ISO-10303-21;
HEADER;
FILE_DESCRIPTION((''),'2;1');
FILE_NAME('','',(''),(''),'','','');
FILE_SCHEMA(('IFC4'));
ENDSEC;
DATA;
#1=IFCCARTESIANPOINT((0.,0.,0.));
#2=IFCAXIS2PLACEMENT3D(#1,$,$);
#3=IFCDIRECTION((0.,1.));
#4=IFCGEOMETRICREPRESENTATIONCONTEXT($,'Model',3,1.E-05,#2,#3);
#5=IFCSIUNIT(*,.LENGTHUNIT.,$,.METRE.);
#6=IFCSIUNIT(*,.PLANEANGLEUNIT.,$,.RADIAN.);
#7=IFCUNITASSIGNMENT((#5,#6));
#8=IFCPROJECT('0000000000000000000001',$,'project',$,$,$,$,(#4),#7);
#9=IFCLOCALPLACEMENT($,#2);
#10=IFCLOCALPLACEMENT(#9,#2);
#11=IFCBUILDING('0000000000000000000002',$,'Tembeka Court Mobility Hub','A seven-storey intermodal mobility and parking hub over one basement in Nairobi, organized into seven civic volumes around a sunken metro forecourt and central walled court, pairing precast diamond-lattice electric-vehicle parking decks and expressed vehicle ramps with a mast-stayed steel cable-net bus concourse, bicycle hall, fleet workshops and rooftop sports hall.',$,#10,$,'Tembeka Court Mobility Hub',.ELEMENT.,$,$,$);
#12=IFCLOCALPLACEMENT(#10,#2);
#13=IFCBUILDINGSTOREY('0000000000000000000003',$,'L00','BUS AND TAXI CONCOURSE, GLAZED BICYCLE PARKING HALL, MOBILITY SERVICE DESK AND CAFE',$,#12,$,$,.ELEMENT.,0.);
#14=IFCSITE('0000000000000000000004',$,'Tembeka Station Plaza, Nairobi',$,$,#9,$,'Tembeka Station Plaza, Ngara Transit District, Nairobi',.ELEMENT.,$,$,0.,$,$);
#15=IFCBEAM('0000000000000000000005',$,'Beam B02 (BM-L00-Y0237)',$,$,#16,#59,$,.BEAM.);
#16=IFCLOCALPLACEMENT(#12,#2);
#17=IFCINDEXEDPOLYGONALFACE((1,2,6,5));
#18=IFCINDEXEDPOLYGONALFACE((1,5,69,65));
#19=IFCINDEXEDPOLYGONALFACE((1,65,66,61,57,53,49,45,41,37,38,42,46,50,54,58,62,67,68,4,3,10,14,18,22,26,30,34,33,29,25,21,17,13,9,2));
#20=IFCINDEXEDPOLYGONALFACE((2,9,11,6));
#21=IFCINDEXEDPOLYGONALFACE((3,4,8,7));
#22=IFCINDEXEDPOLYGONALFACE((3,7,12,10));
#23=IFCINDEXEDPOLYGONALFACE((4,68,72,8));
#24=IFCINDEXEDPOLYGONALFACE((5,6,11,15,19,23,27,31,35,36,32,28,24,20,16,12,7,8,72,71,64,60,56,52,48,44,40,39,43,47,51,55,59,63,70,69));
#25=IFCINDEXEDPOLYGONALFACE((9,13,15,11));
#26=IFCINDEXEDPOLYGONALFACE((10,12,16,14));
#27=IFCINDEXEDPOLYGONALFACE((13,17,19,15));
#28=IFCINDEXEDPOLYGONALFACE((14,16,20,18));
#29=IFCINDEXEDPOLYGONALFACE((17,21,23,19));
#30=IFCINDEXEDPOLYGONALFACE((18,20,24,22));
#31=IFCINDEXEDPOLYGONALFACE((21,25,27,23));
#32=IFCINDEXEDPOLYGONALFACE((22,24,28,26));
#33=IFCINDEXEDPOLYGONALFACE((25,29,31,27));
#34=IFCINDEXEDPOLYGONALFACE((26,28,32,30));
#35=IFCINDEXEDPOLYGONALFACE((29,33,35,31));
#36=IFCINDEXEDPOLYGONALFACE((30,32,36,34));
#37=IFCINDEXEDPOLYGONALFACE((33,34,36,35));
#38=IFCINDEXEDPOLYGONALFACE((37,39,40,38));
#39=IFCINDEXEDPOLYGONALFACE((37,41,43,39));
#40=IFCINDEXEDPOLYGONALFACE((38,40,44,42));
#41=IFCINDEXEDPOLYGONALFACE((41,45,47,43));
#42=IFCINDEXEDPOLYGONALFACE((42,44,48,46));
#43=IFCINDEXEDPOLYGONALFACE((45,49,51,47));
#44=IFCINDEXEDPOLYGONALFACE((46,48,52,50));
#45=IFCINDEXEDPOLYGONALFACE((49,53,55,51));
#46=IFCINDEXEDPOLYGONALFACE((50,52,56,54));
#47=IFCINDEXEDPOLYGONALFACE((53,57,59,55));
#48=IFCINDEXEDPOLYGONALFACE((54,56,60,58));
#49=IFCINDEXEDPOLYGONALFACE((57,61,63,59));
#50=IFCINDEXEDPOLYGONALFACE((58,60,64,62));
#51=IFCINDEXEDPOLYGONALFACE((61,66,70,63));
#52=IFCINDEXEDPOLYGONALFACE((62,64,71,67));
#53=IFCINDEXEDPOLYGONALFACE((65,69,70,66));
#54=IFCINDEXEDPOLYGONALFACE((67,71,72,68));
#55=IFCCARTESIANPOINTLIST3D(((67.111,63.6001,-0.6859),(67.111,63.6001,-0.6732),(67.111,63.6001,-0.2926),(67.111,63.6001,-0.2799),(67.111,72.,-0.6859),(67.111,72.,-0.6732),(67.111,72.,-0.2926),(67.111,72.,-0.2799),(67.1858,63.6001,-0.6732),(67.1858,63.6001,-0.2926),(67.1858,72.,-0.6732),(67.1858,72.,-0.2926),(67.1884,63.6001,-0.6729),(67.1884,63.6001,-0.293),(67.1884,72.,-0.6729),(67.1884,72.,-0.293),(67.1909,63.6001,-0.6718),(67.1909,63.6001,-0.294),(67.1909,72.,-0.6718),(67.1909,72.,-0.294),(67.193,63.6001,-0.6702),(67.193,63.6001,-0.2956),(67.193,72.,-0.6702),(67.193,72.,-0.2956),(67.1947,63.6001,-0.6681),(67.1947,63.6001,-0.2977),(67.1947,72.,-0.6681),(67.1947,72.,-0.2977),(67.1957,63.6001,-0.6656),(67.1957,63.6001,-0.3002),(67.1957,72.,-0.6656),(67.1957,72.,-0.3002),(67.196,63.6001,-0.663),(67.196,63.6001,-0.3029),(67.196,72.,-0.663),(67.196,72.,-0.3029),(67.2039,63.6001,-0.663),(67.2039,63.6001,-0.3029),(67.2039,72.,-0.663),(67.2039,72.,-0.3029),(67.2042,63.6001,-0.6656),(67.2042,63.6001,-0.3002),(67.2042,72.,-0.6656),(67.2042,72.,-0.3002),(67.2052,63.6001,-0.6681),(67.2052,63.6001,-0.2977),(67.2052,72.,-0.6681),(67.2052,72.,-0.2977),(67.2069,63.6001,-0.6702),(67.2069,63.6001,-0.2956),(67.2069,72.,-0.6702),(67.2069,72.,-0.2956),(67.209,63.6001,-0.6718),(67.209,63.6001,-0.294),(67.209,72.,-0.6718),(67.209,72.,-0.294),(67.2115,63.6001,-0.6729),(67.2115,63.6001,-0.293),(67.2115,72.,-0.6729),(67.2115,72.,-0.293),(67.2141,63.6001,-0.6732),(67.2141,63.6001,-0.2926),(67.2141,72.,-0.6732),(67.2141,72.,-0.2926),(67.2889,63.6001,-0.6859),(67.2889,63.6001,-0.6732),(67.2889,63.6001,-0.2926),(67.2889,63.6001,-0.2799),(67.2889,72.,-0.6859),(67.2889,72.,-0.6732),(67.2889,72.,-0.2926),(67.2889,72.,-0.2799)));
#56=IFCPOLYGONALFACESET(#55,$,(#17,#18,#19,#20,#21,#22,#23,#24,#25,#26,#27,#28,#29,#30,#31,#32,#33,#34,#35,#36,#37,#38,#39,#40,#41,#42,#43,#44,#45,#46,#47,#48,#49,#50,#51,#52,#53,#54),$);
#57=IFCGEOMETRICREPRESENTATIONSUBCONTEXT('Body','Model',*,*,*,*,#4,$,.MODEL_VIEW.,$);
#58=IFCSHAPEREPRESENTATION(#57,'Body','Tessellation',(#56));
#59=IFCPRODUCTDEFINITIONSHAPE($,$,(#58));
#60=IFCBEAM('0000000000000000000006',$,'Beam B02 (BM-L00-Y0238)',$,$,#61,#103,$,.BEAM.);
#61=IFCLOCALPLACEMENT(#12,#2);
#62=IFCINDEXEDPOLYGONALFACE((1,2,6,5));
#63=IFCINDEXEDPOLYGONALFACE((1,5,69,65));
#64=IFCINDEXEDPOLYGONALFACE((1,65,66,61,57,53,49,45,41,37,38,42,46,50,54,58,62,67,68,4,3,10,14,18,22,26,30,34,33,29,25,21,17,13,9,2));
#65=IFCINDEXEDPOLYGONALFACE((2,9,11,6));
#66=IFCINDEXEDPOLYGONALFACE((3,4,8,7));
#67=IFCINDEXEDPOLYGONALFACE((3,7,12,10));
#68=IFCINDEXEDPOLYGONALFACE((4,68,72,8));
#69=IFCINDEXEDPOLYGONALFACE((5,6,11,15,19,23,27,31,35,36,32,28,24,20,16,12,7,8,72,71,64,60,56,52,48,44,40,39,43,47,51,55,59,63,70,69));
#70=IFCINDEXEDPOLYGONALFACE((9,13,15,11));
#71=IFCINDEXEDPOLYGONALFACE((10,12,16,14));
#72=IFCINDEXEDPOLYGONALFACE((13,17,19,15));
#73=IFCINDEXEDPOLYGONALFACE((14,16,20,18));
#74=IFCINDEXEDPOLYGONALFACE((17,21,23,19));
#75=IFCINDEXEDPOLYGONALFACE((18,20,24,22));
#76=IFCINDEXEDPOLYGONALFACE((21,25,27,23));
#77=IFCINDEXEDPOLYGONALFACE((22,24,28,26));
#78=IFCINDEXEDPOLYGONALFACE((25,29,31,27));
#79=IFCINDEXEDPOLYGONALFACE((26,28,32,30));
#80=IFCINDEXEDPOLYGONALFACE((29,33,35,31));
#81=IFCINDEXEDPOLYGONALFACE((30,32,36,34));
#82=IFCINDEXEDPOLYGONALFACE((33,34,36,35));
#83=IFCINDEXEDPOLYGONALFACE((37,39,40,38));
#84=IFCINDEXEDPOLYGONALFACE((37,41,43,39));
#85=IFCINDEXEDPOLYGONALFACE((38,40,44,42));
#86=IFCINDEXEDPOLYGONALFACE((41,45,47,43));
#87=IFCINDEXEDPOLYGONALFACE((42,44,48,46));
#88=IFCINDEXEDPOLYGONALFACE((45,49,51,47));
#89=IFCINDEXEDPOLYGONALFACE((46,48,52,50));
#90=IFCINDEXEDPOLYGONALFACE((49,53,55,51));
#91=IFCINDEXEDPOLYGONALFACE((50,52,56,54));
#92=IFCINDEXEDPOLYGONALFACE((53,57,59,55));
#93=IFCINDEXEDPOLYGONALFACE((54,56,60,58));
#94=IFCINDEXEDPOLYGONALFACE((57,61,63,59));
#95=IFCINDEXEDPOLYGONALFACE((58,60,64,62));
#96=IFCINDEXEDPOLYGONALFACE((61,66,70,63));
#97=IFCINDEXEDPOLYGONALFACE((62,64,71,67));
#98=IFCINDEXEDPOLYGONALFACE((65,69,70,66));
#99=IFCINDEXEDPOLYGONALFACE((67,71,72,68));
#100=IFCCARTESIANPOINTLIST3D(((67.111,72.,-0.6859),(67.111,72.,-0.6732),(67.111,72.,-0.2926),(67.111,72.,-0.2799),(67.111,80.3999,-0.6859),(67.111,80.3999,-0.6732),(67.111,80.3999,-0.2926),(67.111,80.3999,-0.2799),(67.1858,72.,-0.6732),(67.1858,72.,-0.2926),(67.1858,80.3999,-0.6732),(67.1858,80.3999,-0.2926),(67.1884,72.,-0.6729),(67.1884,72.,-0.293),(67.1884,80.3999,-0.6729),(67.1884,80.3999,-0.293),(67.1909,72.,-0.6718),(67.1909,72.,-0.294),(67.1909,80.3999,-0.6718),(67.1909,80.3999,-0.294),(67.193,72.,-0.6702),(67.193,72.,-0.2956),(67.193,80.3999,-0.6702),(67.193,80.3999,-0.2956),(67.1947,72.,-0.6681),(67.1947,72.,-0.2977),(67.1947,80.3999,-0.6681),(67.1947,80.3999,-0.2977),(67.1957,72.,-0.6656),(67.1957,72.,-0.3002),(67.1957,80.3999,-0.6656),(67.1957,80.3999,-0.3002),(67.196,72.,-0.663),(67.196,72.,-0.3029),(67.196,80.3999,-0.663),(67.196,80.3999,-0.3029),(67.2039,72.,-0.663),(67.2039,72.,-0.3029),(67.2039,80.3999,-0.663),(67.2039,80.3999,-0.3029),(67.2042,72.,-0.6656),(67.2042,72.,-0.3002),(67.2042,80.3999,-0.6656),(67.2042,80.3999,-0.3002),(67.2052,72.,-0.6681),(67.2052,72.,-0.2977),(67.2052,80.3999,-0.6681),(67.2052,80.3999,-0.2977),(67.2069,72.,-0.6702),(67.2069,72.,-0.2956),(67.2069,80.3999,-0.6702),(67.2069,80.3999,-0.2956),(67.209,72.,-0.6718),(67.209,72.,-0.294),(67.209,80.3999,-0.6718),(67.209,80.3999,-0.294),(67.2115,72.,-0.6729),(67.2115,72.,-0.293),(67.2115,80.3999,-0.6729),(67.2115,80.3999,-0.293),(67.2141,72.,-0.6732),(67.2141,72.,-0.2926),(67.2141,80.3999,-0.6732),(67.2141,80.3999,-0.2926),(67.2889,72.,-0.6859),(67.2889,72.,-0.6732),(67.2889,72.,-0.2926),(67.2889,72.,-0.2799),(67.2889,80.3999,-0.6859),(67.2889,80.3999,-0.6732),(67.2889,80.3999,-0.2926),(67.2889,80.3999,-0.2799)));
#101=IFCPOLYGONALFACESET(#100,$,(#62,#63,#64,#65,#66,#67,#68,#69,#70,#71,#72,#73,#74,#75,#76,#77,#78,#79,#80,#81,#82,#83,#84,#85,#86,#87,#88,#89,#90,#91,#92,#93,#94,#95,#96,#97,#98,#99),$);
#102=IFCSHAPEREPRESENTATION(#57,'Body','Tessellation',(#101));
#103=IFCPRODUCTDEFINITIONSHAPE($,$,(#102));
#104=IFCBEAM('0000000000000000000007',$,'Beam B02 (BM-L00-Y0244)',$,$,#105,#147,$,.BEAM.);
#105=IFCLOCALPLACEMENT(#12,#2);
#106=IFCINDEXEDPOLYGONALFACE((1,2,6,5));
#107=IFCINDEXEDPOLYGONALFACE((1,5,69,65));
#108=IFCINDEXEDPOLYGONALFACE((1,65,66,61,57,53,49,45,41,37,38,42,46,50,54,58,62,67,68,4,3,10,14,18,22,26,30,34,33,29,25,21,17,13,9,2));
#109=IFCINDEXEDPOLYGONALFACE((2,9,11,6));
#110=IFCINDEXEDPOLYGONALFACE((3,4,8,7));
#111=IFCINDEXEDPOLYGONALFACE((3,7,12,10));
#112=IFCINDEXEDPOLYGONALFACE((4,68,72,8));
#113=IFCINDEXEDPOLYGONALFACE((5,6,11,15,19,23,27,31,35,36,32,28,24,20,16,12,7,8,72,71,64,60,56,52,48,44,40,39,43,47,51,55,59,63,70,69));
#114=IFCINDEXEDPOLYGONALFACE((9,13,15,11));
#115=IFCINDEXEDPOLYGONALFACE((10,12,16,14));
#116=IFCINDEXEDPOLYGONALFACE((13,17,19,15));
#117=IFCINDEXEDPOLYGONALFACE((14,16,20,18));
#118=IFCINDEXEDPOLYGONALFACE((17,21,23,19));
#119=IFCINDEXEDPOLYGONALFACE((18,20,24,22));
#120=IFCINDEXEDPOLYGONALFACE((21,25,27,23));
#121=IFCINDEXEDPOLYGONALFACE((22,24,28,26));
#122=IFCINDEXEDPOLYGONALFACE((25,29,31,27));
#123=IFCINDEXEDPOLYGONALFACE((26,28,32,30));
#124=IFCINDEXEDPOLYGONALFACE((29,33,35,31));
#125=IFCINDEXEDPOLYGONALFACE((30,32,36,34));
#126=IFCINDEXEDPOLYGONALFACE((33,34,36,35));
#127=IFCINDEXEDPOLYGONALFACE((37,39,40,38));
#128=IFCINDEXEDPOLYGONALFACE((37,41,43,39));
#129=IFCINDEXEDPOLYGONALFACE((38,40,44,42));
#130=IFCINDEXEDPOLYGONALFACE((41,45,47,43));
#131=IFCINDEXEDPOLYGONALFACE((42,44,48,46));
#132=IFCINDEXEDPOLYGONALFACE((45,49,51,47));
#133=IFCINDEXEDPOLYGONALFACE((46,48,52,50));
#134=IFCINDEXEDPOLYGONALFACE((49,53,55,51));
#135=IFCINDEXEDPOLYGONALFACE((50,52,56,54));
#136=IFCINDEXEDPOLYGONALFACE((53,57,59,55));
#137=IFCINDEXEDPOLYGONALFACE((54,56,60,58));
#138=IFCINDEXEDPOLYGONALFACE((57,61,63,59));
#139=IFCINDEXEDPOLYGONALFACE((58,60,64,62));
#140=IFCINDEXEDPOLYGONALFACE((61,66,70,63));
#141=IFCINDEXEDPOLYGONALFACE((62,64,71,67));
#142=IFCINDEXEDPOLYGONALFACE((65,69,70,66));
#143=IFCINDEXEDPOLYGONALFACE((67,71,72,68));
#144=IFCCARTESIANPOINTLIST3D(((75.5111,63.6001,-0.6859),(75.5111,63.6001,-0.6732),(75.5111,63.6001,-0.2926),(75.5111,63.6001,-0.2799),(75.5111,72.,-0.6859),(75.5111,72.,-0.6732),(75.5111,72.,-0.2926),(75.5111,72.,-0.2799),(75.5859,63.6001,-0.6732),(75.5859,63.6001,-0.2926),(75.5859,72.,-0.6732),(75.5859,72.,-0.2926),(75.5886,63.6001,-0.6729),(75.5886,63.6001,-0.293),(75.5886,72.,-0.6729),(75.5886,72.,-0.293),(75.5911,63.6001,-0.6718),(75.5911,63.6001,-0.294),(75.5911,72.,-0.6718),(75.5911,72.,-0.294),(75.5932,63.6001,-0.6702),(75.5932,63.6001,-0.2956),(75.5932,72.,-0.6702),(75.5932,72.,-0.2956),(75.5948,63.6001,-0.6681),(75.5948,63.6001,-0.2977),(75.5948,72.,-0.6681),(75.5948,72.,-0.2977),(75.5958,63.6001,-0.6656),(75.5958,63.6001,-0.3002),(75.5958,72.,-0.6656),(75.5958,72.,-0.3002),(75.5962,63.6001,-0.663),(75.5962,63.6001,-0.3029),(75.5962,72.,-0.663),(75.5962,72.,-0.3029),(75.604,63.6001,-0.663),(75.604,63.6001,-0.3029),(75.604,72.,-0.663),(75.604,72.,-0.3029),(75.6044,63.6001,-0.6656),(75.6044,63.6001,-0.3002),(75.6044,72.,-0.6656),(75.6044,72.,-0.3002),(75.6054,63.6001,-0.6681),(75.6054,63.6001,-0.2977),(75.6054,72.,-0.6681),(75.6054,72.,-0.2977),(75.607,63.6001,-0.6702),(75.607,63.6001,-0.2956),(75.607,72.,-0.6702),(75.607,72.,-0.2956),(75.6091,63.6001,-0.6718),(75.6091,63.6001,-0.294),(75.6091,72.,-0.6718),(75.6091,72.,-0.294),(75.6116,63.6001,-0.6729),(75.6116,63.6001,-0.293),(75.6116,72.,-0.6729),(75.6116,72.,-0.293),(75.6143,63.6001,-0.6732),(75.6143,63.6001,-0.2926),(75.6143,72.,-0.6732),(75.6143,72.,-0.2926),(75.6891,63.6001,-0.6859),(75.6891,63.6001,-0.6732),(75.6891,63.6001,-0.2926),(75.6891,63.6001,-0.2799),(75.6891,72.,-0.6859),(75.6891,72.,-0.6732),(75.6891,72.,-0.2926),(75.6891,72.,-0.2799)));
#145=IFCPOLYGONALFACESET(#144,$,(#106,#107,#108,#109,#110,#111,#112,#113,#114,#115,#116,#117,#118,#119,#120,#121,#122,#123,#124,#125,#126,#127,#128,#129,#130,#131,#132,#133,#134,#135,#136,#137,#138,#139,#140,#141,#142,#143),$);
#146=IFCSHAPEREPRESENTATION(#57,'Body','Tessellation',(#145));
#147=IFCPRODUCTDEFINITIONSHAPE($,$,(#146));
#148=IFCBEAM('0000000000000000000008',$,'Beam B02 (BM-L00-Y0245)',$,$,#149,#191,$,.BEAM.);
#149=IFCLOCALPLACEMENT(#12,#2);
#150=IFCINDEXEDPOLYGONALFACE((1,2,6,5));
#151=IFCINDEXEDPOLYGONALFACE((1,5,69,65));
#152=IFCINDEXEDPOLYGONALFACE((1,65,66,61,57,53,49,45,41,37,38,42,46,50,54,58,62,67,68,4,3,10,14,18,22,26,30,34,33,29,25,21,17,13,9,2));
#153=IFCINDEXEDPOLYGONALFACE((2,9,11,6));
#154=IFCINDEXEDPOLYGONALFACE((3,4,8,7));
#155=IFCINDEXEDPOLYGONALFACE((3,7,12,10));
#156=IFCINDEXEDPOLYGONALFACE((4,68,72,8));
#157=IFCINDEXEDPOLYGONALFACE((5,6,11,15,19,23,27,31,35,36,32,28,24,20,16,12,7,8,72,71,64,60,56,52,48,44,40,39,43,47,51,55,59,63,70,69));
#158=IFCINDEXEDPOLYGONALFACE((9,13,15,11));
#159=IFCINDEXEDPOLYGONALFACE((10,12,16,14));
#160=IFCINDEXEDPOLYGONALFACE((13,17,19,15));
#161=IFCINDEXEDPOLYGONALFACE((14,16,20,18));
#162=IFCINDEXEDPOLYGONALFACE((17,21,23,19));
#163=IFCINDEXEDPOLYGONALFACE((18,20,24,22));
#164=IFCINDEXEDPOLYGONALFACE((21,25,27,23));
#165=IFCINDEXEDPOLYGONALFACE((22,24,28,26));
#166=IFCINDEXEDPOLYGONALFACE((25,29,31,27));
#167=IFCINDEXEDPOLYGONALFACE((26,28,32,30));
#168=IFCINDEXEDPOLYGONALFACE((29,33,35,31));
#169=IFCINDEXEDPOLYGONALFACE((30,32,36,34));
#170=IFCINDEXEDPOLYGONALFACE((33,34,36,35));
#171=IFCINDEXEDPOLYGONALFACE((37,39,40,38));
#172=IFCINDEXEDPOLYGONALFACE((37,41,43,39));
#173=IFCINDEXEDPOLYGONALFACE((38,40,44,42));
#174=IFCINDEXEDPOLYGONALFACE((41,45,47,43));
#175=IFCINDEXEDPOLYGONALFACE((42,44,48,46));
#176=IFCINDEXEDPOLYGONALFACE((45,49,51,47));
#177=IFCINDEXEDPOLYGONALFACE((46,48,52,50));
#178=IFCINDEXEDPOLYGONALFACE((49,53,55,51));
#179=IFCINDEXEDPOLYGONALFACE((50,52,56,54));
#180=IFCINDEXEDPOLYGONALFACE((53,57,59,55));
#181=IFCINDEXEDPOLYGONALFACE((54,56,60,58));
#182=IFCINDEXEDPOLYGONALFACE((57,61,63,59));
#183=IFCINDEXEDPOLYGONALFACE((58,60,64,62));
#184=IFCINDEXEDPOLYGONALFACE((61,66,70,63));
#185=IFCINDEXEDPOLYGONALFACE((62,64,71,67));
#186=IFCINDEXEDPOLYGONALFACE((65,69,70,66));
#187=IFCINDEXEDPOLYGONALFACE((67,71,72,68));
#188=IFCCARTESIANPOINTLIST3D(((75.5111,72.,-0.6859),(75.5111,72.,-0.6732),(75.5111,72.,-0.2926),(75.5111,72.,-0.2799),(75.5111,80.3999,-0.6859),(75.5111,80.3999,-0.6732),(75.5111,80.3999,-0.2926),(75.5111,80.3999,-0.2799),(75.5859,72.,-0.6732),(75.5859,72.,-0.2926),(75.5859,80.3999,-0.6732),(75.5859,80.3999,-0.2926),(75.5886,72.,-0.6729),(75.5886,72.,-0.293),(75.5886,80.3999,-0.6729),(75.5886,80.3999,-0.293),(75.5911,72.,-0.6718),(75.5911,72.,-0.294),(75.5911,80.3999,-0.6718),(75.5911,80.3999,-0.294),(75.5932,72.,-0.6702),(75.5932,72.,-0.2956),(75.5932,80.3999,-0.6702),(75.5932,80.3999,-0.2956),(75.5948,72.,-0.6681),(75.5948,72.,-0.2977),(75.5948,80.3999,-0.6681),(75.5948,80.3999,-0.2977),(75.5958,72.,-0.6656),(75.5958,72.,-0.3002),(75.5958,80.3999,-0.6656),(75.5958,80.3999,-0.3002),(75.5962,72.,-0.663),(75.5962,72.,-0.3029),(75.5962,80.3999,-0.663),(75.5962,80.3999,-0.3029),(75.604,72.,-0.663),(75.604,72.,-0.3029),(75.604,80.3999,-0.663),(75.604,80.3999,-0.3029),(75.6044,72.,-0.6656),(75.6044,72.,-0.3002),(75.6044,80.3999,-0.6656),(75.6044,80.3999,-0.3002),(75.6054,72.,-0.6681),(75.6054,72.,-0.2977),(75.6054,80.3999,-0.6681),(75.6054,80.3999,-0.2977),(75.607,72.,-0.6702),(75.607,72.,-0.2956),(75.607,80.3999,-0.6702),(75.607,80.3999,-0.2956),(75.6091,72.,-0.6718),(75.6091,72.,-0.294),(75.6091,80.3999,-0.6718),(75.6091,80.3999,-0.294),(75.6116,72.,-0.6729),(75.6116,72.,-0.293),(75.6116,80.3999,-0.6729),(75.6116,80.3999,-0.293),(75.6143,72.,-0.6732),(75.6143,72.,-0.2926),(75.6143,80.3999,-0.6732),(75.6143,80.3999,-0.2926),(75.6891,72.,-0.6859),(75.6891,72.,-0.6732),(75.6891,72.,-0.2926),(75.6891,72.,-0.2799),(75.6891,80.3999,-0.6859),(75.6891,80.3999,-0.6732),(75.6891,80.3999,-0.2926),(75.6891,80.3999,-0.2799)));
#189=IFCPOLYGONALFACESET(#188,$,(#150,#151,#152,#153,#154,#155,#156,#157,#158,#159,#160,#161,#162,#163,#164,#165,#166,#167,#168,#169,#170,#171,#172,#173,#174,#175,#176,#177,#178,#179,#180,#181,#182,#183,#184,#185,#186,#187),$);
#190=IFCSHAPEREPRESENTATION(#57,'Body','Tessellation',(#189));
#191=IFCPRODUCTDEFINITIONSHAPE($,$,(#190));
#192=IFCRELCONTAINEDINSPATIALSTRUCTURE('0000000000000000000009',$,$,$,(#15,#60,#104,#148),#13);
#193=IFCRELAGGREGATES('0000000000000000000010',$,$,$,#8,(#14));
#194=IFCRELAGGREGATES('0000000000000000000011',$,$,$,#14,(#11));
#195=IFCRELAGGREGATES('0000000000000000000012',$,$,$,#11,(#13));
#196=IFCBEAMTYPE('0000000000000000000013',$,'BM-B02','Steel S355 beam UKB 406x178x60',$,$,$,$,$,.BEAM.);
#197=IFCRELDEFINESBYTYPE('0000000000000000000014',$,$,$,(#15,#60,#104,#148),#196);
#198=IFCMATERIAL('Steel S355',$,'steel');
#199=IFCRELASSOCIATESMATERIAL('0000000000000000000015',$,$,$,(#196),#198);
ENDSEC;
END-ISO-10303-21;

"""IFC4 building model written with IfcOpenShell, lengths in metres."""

from ifc_helpers import new_model, si_unit, direction, frame, origin, origin_2d, place, context, subcontext, project, spatial, i_section, extrude, material, material_profile, profile_set, type_object, element, save


model = new_model("IFC4")

# Units and contexts
model_context = context("Model", 3, precision=1e-05, world=origin(), true_north=direction((0.0, 1.0)))
body_context = subcontext(model_context, "Body", "Model", "MODEL_VIEW")
ifc_project = project(units=[si_unit("LENGTHUNIT", "METRE"), si_unit("PLANEANGLEUNIT", "RADIAN")], contexts=[model_context])

# Site, building, storey
site_placement = place(None, origin())
site = spatial("IfcSite", under=ifc_project, at=site_placement, Name="Tembeka Station Plaza, Nairobi", LongName="Tembeka Station Plaza, Ngara Transit District, Nairobi", CompositionType="ELEMENT", RefElevation=0.0)
building_placement = place(site_placement, origin())
building = spatial("IfcBuilding", under=site, at=building_placement, Name="Tembeka Court Mobility Hub", Description="A seven-storey intermodal mobility and parking hub over one basement in Nairobi, organized into seven civic volumes around a sunken metro forecourt and central walled court, pairing precast diamond-lattice electric-vehicle parking decks and expressed vehicle ramps with a mast-stayed steel cable-net bus concourse, bicycle hall, fleet workshops and rooftop sports hall.", LongName="Tembeka Court Mobility Hub", CompositionType="ELEMENT")
storey_placement = place(building_placement, origin())
storey = spatial("IfcBuildingStorey", under=building, at=storey_placement, Name="L00", Description="BUS AND TAXI CONCOURSE, GLAZED BICYCLE PARKING HALL, MOBILITY SERVICE DESK AND CAFE", CompositionType="ELEMENT", Elevation=0.0)

# Shared definitions
ifc_material = material(Name="Steel S355", Category="steel")

# Beams
ifc_material_profile_1 = material_profile(ifc_material, i_section(OverallWidth=0.178, OverallDepth=0.406, WebThickness=0.0078, FlangeThickness=0.0127, FilletRadius=0.0103, at=origin_2d()), Name="UKB 406x178x60")
ifc_profile_set_1 = profile_set([ifc_material_profile_1], Name="Steel S355")
beam_type_1 = type_object("IfcBeamType", Name="BM-B02", Description="Steel S355 beam UKB 406x178x60", PredefinedType="BEAM", material=ifc_profile_set_1)
for number, where, z_axis, x_axis, name in (
    (1, (67.2, 63.6001, -0.4829), (0.0, 1.0, 0.0), (-1.0, 0.0, 0.0), "Beam B02 (BM-L00-Y0237)"),
    (2, (67.2, 72.0, -0.4829), (0.0, 1.0, 0.0), (-1.0, 0.0, 0.0), "Beam B02 (BM-L00-Y0238)"),
    (3, (75.6001, 63.6001, -0.4829), (0.0, 1.0, 0.0), (-1.0, 0.0, 0.0), "Beam B02 (BM-L00-Y0244)"),
    (4, (75.6001, 72.0, -0.4829), (0.0, 1.0, 0.0), (-1.0, 0.0, 0.0), "Beam B02 (BM-L00-Y0245)"),
):
    element("IfcBeam", number, at=place(storey_placement, frame(where, z_axis=z_axis, x_axis=x_axis)), inside=storey, type_object=beam_type_1, Name=name, PredefinedType="BEAM", context=body_context, shape_type="SweptSolid", body=[
        extrude(i_section(OverallWidth=0.178, OverallDepth=0.406, WebThickness=0.0078, FlangeThickness=0.0127, FilletRadius=0.0103, at=origin_2d()), origin(), (0.0, 0.0, 1.0), 8.3999),
    ])

save(model, "model.ifc")
